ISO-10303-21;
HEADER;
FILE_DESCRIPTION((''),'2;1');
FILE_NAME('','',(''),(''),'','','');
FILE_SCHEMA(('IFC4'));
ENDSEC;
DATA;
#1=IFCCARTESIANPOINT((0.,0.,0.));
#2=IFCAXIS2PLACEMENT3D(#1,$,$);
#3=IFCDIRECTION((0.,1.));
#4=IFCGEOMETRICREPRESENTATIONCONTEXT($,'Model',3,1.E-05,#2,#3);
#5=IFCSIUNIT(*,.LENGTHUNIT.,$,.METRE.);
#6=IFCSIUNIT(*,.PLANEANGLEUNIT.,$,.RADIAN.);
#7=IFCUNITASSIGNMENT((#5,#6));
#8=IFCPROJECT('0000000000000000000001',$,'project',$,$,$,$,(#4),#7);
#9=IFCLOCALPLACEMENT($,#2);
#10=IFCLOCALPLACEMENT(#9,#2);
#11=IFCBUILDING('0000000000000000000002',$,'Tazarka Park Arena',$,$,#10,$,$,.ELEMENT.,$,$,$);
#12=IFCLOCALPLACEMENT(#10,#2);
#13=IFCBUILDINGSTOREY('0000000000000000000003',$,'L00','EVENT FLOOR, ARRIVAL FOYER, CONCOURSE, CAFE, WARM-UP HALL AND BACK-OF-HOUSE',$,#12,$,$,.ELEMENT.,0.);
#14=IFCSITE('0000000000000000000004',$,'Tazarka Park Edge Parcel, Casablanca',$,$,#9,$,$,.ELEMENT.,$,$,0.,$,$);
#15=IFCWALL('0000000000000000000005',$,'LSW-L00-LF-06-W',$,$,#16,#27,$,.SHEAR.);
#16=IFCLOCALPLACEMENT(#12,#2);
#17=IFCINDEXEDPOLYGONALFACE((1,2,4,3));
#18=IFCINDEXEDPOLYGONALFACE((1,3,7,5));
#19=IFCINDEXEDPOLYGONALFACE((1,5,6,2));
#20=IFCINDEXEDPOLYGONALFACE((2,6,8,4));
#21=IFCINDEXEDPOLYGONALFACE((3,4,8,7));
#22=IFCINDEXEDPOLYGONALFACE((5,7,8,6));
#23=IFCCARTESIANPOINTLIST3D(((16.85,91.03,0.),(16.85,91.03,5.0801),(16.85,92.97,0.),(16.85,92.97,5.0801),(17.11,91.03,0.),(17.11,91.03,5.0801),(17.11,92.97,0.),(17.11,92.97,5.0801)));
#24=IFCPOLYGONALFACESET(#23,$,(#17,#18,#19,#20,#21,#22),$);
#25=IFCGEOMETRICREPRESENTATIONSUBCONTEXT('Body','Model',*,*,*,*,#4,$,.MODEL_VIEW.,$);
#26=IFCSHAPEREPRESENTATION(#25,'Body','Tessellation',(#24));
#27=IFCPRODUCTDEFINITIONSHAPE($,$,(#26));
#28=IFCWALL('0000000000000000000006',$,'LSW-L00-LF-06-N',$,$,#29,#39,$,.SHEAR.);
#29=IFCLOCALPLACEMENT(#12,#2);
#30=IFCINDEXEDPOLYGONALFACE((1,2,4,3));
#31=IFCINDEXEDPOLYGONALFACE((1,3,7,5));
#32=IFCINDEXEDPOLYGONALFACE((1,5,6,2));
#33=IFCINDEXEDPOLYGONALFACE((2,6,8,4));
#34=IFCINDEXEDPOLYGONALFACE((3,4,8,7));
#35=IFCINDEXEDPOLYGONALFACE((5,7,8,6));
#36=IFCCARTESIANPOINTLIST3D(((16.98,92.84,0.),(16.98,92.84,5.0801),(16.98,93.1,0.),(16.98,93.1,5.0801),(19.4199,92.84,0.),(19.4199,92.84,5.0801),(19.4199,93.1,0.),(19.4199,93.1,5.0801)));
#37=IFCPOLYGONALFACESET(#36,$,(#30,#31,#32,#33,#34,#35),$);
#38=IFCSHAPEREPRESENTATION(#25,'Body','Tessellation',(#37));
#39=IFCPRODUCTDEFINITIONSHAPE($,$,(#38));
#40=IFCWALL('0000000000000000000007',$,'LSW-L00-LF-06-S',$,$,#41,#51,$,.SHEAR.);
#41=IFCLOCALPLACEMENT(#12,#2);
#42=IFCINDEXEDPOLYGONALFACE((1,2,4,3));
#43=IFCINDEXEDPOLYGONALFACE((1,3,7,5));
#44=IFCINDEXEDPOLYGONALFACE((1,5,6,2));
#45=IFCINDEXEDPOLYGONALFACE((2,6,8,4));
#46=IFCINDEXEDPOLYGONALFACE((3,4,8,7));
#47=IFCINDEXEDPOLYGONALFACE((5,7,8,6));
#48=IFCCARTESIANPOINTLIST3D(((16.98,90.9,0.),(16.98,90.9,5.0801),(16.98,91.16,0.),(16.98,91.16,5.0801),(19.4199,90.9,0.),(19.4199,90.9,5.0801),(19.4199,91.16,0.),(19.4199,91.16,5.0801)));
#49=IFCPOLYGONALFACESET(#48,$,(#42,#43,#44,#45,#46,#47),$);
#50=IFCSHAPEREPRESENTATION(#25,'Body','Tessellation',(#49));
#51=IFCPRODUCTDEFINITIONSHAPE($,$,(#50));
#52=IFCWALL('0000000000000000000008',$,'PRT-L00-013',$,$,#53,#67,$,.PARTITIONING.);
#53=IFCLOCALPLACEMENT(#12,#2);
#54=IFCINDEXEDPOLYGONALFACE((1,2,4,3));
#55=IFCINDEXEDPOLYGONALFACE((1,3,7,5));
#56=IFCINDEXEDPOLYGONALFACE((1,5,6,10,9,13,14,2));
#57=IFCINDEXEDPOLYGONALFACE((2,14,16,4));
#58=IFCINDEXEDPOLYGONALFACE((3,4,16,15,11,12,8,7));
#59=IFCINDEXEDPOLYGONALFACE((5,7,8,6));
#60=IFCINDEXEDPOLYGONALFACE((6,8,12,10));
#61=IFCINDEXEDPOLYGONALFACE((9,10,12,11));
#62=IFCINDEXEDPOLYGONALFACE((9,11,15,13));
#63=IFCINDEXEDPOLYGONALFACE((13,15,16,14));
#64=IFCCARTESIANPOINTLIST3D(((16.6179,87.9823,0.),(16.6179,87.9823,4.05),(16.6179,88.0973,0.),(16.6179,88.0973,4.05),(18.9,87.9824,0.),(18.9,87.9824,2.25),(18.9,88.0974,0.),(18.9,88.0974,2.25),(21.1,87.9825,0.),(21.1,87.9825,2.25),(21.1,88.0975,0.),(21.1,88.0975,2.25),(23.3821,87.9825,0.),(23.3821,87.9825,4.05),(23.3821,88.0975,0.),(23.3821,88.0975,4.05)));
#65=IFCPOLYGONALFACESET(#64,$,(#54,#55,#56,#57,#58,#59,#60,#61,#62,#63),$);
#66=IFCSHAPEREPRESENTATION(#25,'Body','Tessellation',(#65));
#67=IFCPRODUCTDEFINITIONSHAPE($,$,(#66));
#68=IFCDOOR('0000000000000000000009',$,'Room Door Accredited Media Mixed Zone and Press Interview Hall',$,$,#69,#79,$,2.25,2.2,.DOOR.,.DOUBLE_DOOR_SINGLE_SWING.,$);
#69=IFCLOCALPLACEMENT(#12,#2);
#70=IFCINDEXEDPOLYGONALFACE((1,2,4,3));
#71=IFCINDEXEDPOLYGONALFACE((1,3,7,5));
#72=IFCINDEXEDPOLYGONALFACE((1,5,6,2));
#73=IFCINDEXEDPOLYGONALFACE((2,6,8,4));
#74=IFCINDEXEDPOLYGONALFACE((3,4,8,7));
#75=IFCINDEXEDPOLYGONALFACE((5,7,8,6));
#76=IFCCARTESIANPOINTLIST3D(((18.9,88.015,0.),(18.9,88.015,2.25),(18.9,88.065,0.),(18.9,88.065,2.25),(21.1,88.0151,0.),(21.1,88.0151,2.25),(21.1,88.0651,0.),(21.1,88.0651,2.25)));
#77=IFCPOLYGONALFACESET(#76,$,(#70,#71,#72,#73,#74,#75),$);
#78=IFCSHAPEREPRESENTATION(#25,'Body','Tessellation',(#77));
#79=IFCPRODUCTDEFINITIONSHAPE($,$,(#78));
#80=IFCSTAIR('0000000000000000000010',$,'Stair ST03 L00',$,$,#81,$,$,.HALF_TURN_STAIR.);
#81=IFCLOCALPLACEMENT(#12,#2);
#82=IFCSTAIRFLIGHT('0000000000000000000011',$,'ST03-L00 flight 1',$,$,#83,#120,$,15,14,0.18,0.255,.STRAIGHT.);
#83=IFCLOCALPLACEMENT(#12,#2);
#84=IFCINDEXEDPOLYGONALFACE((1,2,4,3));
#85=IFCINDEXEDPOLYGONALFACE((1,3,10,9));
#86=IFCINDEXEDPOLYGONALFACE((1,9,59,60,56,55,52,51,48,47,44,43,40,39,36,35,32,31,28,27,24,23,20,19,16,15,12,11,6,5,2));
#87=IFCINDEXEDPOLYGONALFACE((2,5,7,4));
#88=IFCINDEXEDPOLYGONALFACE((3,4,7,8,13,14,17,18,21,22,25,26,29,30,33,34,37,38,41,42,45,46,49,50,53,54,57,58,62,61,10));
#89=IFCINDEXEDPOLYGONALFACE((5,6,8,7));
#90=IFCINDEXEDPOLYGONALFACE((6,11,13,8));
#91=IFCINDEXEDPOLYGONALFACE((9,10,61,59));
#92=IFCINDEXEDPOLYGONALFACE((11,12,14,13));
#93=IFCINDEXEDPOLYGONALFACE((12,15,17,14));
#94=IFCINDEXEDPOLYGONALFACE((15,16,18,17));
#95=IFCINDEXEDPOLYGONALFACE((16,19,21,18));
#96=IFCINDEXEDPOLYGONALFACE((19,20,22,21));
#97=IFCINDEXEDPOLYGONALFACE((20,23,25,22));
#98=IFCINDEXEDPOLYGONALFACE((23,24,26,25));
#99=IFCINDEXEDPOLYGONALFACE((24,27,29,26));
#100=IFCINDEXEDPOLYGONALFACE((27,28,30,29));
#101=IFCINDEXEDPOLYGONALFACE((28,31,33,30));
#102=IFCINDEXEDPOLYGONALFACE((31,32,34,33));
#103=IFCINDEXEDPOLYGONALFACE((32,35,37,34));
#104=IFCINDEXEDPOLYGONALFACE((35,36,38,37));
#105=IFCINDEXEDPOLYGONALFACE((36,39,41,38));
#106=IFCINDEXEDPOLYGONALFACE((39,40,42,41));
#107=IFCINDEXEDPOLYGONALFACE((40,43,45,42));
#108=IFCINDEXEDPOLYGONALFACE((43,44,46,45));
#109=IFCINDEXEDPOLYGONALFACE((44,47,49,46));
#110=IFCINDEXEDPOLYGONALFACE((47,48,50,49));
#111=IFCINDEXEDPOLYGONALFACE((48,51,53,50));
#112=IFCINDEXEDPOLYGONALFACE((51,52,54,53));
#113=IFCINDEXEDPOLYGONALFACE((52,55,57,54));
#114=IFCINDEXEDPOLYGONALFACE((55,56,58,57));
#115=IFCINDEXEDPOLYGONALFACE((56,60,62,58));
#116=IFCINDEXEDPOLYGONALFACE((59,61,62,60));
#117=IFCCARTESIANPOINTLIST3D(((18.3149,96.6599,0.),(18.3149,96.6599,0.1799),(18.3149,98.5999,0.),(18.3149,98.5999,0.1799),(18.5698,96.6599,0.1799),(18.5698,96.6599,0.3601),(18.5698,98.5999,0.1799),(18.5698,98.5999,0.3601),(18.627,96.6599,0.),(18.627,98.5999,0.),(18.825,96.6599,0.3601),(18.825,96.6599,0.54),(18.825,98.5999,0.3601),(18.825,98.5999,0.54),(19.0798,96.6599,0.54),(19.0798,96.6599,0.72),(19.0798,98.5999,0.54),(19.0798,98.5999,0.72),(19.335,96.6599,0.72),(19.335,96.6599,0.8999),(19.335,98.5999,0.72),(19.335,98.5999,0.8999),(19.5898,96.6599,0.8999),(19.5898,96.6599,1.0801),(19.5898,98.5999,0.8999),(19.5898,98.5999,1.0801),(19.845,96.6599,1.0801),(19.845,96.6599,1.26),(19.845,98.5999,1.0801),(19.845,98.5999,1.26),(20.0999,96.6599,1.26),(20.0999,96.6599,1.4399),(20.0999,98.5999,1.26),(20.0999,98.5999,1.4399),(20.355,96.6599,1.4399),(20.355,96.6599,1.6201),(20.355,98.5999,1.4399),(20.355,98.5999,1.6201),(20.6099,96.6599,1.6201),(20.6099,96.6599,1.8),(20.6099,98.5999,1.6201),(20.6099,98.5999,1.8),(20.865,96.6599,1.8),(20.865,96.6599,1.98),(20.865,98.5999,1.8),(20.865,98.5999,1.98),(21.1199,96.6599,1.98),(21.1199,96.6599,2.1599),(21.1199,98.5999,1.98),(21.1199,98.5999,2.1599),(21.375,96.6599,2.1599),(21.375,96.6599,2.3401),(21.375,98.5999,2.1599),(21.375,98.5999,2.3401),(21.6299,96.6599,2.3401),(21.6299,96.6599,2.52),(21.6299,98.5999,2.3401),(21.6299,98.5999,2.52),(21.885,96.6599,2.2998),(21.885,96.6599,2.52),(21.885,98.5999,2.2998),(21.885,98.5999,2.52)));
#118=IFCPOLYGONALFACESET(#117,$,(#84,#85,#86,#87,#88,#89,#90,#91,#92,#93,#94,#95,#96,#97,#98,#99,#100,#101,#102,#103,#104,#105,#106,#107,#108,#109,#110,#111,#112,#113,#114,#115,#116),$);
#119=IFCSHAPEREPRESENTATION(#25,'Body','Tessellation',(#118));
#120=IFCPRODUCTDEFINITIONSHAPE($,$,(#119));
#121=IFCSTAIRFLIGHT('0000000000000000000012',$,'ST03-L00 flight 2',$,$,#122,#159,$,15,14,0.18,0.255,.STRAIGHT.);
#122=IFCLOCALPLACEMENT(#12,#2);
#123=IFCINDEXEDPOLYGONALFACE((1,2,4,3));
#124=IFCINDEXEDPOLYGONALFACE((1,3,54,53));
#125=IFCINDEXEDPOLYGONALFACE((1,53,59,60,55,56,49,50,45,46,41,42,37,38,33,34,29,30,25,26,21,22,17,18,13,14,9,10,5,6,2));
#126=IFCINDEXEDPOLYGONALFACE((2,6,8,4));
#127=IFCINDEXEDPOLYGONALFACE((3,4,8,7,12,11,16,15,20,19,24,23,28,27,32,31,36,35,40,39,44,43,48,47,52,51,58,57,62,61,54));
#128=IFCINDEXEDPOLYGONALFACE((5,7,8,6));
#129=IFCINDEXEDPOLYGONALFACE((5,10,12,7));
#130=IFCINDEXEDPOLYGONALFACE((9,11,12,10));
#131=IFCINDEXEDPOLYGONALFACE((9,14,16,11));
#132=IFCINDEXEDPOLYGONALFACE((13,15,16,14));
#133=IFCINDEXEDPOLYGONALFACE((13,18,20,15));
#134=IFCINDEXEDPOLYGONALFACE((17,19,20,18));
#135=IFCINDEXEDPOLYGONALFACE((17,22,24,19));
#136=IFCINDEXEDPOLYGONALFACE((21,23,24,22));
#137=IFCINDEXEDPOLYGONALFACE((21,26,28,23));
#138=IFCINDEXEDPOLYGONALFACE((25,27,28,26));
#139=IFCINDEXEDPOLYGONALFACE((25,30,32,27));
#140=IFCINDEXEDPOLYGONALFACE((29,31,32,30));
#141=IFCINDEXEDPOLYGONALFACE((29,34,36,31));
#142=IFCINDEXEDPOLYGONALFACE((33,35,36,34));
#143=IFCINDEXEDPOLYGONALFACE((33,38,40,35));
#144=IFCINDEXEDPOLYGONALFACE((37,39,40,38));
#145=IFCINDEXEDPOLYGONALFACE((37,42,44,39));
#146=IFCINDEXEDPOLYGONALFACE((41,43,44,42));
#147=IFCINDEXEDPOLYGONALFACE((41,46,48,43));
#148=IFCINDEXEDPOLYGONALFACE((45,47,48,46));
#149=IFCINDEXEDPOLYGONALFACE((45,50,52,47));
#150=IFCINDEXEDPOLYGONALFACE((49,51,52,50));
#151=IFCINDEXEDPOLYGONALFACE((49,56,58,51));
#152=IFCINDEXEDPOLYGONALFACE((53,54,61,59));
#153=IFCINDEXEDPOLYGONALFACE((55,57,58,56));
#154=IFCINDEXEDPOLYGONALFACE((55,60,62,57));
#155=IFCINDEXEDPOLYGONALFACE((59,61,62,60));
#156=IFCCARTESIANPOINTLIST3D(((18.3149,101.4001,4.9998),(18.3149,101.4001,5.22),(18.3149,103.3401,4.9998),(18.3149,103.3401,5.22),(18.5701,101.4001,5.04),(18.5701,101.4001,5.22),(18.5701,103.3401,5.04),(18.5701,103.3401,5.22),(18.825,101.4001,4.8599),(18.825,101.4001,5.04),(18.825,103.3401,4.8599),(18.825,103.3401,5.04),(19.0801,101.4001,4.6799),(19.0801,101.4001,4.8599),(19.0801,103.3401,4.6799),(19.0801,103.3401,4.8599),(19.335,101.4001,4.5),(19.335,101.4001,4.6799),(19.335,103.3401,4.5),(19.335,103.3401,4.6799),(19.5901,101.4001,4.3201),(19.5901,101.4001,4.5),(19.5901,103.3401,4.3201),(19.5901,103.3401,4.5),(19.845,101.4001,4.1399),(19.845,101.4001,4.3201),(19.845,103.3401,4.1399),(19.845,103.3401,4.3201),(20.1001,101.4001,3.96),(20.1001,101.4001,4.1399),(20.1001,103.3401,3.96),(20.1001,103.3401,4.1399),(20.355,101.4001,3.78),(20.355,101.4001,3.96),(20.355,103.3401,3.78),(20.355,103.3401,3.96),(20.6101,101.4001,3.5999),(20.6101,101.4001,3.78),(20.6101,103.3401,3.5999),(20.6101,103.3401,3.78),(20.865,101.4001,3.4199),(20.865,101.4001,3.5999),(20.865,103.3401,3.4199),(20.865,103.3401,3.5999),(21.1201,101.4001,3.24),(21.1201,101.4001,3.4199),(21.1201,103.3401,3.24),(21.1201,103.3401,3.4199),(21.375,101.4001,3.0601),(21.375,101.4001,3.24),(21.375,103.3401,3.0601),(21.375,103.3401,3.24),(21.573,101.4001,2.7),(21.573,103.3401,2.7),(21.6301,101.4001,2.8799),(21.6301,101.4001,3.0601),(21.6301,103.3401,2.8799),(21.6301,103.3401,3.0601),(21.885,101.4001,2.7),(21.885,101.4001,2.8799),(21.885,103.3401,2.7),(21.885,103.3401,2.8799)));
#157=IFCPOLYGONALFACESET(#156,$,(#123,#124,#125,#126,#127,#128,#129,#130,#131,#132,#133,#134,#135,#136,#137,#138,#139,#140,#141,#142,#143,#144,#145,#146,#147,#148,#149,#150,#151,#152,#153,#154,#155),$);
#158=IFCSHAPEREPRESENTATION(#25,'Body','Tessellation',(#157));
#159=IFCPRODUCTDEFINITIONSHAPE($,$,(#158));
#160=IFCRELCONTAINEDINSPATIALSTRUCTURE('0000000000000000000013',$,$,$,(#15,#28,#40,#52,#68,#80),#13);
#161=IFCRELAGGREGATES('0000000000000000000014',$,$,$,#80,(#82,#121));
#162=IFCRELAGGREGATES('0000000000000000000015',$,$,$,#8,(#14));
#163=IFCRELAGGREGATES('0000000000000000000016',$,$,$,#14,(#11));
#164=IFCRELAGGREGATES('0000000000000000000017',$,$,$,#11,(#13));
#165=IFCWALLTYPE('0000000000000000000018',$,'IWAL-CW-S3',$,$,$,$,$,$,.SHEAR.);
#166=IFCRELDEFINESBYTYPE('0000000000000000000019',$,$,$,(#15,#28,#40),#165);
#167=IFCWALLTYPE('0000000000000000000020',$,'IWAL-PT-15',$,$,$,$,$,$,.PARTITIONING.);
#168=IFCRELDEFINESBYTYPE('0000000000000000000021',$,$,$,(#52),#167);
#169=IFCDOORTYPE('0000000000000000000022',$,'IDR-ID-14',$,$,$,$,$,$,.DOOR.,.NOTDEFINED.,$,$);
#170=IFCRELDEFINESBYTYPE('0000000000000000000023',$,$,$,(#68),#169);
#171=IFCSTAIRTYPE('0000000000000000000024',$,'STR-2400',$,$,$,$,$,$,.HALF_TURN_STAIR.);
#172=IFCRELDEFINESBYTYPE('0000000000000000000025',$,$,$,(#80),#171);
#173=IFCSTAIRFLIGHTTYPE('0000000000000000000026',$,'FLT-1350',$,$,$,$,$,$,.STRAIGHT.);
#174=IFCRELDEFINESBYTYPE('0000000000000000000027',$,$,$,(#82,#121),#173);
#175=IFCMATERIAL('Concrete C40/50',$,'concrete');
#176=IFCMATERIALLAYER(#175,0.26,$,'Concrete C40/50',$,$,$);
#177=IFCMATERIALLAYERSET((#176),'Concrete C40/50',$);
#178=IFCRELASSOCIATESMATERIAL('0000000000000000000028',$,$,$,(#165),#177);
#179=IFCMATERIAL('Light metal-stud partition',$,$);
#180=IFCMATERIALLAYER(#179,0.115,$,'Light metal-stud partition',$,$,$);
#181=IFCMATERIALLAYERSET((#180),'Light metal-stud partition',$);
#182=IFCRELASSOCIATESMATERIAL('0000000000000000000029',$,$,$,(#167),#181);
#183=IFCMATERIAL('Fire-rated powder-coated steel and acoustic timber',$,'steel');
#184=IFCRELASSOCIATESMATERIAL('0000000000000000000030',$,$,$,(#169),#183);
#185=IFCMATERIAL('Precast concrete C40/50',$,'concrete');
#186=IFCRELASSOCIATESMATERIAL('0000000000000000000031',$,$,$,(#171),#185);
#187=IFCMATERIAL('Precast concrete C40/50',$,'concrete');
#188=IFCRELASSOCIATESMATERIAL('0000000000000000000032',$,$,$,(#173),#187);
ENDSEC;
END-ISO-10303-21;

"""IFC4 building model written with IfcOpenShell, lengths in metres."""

from ifc_helpers import new_model, si_unit, direction, frame, frame_2d, origin, place, context, subcontext, project, spatial, polyline, rectangle, outline, extrude, material, layer, layer_set, type_object, element, fill, aggregate, save


model = new_model("IFC4")

# Units and contexts
model_context = context("Model", 3, precision=1e-05, world=origin(), true_north=direction((0.0, 1.0)))
body_context = subcontext(model_context, "Body", "Model", "MODEL_VIEW")
ifc_project = project(units=[si_unit("LENGTHUNIT", "METRE"), si_unit("PLANEANGLEUNIT", "RADIAN")], contexts=[model_context])

# Site, building, storey
site_placement = place(None, origin())
site = spatial("IfcSite", under=ifc_project, at=site_placement, Name="Tazarka Park Edge Parcel, Casablanca", CompositionType="ELEMENT", RefElevation=0.0)
building_placement = place(site_placement, origin())
building = spatial("IfcBuilding", under=site, at=building_placement, Name="Tazarka Park Arena", CompositionType="ELEMENT")
storey_placement = place(building_placement, origin())
storey = spatial("IfcBuildingStorey", under=building, at=storey_placement, Name="L00", Description="EVENT FLOOR, ARRIVAL FOYER, CONCOURSE, CAFE, WARM-UP HALL AND BACK-OF-HOUSE", CompositionType="ELEMENT", Elevation=0.0)

# Walls
ifc_material_1 = material(Name="Concrete C40/50", Category="concrete")
ifc_layer_1 = layer(ifc_material_1, 0.26, Name="Concrete C40/50")
ifc_layer_set_1 = layer_set([ifc_layer_1], Name="Concrete C40/50")
wall_type_1 = type_object("IfcWallType", Name="IWAL-CW-S3", PredefinedType="SHEAR", material=ifc_layer_set_1)
wall_1_placement = place(storey_placement, frame((16.98, 91.03, 0.0), z_axis=(0.0, 0.0, 1.0), x_axis=(0.0, 1.0, 0.0)))
element("IfcWall", 1, at=wall_1_placement, inside=storey, type_object=wall_type_1, Name="LSW-L00-LF-06-W", PredefinedType="SHEAR", context=body_context, shape_type="SweptSolid", body=[
    extrude(rectangle(XDim=1.9399, YDim=0.26, at=frame_2d((0.97, 0.0))), origin(), (0.0, 0.0, 1.0), 5.0801),
])
for number, where, z_axis, x_axis, name in (
    (2, (16.98, 92.97, 0.0), (0.0, 0.0, 1.0), (1.0, 0.0, 0.0), "LSW-L00-LF-06-N"),
    (3, (19.4199, 91.03, 0.0), (0.0, 0.0, 1.0), (-1.0, 0.0, 0.0), "LSW-L00-LF-06-S"),
):
    element("IfcWall", number, at=place(storey_placement, frame(where, z_axis=z_axis, x_axis=x_axis)), inside=storey, type_object=wall_type_1, Name=name, PredefinedType="SHEAR", context=body_context, shape_type="SweptSolid", body=[
        extrude(rectangle(XDim=2.4399, YDim=0.26, at=frame_2d((1.22, 0.0))), origin(), (0.0, 0.0, 1.0), 5.0801),
    ])

# Wall, opening, door
ifc_material_2 = material(Name="Light metal-stud partition")
ifc_layer_2 = layer(ifc_material_2, 0.115, Name="Light metal-stud partition")
ifc_layer_set_2 = layer_set([ifc_layer_2], Name="Light metal-stud partition")
wall_type_2 = type_object("IfcWallType", Name="IWAL-PT-15", PredefinedType="PARTITIONING", material=ifc_layer_set_2)
wall_2_placement = place(storey_placement, frame((23.3821, 88.04, 0.0), z_axis=(0.0, 0.0, 1.0), x_axis=(-1.0, -0.000036, 0.0)))
wall_2 = element("IfcWall", 4, at=wall_2_placement, inside=storey, type_object=wall_type_2, Name="PRT-L00-013", PredefinedType="PARTITIONING", context=body_context, shape_type="SweptSolid", body=[
    extrude(rectangle(XDim=6.7642, YDim=0.115, at=frame_2d((3.3821, 0.0))), origin(), (0.0, 0.0, 1.0), 4.05),
])
opening_1_placement = place(wall_2_placement, frame((2.282, 0.0, 0.0)))
opening_1 = element("IfcOpeningElement", 5, at=opening_1_placement, cuts=wall_2, PredefinedType="OPENING", context=body_context, shape_type="SweptSolid", body=[
    extrude(rectangle(XDim=2.2, YDim=2.25, at=frame_2d((1.1001, 1.125))), frame((0.0, 0.0674, 0.0), z_axis=(0.0, -1.0, 0.0), x_axis=(1.0, 0.0, 0.0)), (0.0, 0.0, 1.0), 0.135),
])
ifc_material_3 = material(Name="Fire-rated powder-coated steel and acoustic timber", Category="steel")
door_type_1 = type_object("IfcDoorType", Name="IDR-ID-14", OperationType="NOTDEFINED", PredefinedType="DOOR", material=ifc_material_3)
door_1_placement = place(opening_1_placement, origin())
door_1 = element("IfcDoor", 6, at=door_1_placement, inside=storey, type_object=door_type_1, Name="Room Door Accredited Media Mixed Zone and Press Interview Hall", OperationType="DOUBLE_DOOR_SINGLE_SWING", OverallHeight=2.25, OverallWidth=2.2, PredefinedType="DOOR", context=body_context, shape_type="SweptSolid", body=[
    extrude(rectangle(XDim=2.2, YDim=2.25, at=frame_2d((1.1001, 1.125))), frame((0.0, 0.0249, 0.0), z_axis=(0.0, -1.0, 0.0), x_axis=(1.0, 0.0, 0.0)), (0.0, 0.0, 1.0), 0.05),
])
fill(opening_1, door_1)

# Stair, stair flights
ifc_material_4 = material(Name="Precast concrete C40/50", Category="concrete")
stair_type = type_object("IfcStairType", Name="STR-2400", PredefinedType="HALF_TURN_STAIR", material=ifc_material_4)
stair_placement = place(storey_placement, origin())
stair = element("IfcStair", 7, at=stair_placement, inside=storey, type_object=stair_type, Name="Stair ST03 L00", PredefinedType="HALF_TURN_STAIR")
ifc_material_5 = material(Name="Precast concrete C40/50", Category="concrete")
stair_flight_type = type_object("IfcStairFlightType", Name="FLT-1350", PredefinedType="STRAIGHT", material=ifc_material_5)
stair_flight_1_placement = place(storey_placement, frame((18.3149, 97.6299, 0.0), z_axis=(0.0, 0.0, 1.0), x_axis=(1.0, 0.0, 0.0)))
stair_flight_1 = element("IfcStairFlight", 8, at=stair_flight_1_placement, type_object=stair_flight_type, Name="ST03-L00 flight 1", NumberOfRisers=15, NumberOfTreads=14, PredefinedType="STRAIGHT", RiserHeight=0.18, TreadLength=0.255, context=body_context, shape_type="SweptSolid", body=[
    extrude(outline(polyline([(0.0, 0.0), (0.0, 0.1799), (0.2549, 0.1799), (0.2549, 0.3601), (0.51, 0.3601), (0.51, 0.54), (0.7649, 0.54), (0.7649, 0.72), (1.02, 0.72), (1.02, 0.8999), (1.2749, 0.8999), (1.2749, 1.0801), (1.53, 1.0801), (1.53, 1.26), (1.7849, 1.26), (1.7849, 1.4399), (2.04, 1.4399), (2.04, 1.6201), (2.2949, 1.6201), (2.2949, 1.8), (2.55, 1.8), (2.55, 1.98), (2.8049, 1.98), (2.8049, 2.1599), (3.0601, 2.1599), (3.0601, 2.3401), (3.3149, 2.3401), (3.3149, 2.52), (3.5701, 2.52), (3.5701, 2.7), (3.5701, 2.2998), (0.312, 0.0), (0.0, 0.0)])), frame((0.0, 0.97, 0.0), z_axis=(0.0, -1.0, 0.0), x_axis=(1.0, 0.0, 0.0)), (0.0, 0.0, 1.0), 1.9399),
])
stair_flight_2_placement = place(storey_placement, frame((21.885, 102.3701, 2.7), z_axis=(0.0, 0.0, 1.0), x_axis=(-1.0, 0.0, 0.0)))
stair_flight_2 = element("IfcStairFlight", 9, at=stair_flight_2_placement, type_object=stair_flight_type, Name="ST03-L00 flight 2", NumberOfRisers=15, NumberOfTreads=14, PredefinedType="STRAIGHT", RiserHeight=0.18, TreadLength=0.255, context=body_context, shape_type="SweptSolid", body=[
    extrude(outline(polyline([(0.0, 0.0), (0.0, 0.1799), (0.2549, 0.1799), (0.2549, 0.3601), (0.51, 0.3601), (0.51, 0.54), (0.7649, 0.54), (0.7649, 0.72), (1.02, 0.72), (1.02, 0.8999), (1.2749, 0.8999), (1.2749, 1.0801), (1.53, 1.0801), (1.53, 1.26), (1.7849, 1.26), (1.7849, 1.4399), (2.04, 1.4399), (2.04, 1.6201), (2.2949, 1.6201), (2.2949, 1.8), (2.55, 1.8), (2.55, 1.98), (2.8049, 1.98), (2.8049, 2.1599), (3.0601, 2.1599), (3.0601, 2.3401), (3.3149, 2.3401), (3.3149, 2.52), (3.5701, 2.52), (3.5701, 2.7), (3.5701, 2.2998), (0.312, 0.0), (0.0, 0.0)])), frame((0.0, 0.97, 0.0), z_axis=(0.0, -1.0, 0.0), x_axis=(1.0, 0.0, 0.0)), (0.0, 0.0, 1.0), 1.9399),
])
aggregate(stair, [stair_flight_1, stair_flight_2])

save(model, "model.ifc")
